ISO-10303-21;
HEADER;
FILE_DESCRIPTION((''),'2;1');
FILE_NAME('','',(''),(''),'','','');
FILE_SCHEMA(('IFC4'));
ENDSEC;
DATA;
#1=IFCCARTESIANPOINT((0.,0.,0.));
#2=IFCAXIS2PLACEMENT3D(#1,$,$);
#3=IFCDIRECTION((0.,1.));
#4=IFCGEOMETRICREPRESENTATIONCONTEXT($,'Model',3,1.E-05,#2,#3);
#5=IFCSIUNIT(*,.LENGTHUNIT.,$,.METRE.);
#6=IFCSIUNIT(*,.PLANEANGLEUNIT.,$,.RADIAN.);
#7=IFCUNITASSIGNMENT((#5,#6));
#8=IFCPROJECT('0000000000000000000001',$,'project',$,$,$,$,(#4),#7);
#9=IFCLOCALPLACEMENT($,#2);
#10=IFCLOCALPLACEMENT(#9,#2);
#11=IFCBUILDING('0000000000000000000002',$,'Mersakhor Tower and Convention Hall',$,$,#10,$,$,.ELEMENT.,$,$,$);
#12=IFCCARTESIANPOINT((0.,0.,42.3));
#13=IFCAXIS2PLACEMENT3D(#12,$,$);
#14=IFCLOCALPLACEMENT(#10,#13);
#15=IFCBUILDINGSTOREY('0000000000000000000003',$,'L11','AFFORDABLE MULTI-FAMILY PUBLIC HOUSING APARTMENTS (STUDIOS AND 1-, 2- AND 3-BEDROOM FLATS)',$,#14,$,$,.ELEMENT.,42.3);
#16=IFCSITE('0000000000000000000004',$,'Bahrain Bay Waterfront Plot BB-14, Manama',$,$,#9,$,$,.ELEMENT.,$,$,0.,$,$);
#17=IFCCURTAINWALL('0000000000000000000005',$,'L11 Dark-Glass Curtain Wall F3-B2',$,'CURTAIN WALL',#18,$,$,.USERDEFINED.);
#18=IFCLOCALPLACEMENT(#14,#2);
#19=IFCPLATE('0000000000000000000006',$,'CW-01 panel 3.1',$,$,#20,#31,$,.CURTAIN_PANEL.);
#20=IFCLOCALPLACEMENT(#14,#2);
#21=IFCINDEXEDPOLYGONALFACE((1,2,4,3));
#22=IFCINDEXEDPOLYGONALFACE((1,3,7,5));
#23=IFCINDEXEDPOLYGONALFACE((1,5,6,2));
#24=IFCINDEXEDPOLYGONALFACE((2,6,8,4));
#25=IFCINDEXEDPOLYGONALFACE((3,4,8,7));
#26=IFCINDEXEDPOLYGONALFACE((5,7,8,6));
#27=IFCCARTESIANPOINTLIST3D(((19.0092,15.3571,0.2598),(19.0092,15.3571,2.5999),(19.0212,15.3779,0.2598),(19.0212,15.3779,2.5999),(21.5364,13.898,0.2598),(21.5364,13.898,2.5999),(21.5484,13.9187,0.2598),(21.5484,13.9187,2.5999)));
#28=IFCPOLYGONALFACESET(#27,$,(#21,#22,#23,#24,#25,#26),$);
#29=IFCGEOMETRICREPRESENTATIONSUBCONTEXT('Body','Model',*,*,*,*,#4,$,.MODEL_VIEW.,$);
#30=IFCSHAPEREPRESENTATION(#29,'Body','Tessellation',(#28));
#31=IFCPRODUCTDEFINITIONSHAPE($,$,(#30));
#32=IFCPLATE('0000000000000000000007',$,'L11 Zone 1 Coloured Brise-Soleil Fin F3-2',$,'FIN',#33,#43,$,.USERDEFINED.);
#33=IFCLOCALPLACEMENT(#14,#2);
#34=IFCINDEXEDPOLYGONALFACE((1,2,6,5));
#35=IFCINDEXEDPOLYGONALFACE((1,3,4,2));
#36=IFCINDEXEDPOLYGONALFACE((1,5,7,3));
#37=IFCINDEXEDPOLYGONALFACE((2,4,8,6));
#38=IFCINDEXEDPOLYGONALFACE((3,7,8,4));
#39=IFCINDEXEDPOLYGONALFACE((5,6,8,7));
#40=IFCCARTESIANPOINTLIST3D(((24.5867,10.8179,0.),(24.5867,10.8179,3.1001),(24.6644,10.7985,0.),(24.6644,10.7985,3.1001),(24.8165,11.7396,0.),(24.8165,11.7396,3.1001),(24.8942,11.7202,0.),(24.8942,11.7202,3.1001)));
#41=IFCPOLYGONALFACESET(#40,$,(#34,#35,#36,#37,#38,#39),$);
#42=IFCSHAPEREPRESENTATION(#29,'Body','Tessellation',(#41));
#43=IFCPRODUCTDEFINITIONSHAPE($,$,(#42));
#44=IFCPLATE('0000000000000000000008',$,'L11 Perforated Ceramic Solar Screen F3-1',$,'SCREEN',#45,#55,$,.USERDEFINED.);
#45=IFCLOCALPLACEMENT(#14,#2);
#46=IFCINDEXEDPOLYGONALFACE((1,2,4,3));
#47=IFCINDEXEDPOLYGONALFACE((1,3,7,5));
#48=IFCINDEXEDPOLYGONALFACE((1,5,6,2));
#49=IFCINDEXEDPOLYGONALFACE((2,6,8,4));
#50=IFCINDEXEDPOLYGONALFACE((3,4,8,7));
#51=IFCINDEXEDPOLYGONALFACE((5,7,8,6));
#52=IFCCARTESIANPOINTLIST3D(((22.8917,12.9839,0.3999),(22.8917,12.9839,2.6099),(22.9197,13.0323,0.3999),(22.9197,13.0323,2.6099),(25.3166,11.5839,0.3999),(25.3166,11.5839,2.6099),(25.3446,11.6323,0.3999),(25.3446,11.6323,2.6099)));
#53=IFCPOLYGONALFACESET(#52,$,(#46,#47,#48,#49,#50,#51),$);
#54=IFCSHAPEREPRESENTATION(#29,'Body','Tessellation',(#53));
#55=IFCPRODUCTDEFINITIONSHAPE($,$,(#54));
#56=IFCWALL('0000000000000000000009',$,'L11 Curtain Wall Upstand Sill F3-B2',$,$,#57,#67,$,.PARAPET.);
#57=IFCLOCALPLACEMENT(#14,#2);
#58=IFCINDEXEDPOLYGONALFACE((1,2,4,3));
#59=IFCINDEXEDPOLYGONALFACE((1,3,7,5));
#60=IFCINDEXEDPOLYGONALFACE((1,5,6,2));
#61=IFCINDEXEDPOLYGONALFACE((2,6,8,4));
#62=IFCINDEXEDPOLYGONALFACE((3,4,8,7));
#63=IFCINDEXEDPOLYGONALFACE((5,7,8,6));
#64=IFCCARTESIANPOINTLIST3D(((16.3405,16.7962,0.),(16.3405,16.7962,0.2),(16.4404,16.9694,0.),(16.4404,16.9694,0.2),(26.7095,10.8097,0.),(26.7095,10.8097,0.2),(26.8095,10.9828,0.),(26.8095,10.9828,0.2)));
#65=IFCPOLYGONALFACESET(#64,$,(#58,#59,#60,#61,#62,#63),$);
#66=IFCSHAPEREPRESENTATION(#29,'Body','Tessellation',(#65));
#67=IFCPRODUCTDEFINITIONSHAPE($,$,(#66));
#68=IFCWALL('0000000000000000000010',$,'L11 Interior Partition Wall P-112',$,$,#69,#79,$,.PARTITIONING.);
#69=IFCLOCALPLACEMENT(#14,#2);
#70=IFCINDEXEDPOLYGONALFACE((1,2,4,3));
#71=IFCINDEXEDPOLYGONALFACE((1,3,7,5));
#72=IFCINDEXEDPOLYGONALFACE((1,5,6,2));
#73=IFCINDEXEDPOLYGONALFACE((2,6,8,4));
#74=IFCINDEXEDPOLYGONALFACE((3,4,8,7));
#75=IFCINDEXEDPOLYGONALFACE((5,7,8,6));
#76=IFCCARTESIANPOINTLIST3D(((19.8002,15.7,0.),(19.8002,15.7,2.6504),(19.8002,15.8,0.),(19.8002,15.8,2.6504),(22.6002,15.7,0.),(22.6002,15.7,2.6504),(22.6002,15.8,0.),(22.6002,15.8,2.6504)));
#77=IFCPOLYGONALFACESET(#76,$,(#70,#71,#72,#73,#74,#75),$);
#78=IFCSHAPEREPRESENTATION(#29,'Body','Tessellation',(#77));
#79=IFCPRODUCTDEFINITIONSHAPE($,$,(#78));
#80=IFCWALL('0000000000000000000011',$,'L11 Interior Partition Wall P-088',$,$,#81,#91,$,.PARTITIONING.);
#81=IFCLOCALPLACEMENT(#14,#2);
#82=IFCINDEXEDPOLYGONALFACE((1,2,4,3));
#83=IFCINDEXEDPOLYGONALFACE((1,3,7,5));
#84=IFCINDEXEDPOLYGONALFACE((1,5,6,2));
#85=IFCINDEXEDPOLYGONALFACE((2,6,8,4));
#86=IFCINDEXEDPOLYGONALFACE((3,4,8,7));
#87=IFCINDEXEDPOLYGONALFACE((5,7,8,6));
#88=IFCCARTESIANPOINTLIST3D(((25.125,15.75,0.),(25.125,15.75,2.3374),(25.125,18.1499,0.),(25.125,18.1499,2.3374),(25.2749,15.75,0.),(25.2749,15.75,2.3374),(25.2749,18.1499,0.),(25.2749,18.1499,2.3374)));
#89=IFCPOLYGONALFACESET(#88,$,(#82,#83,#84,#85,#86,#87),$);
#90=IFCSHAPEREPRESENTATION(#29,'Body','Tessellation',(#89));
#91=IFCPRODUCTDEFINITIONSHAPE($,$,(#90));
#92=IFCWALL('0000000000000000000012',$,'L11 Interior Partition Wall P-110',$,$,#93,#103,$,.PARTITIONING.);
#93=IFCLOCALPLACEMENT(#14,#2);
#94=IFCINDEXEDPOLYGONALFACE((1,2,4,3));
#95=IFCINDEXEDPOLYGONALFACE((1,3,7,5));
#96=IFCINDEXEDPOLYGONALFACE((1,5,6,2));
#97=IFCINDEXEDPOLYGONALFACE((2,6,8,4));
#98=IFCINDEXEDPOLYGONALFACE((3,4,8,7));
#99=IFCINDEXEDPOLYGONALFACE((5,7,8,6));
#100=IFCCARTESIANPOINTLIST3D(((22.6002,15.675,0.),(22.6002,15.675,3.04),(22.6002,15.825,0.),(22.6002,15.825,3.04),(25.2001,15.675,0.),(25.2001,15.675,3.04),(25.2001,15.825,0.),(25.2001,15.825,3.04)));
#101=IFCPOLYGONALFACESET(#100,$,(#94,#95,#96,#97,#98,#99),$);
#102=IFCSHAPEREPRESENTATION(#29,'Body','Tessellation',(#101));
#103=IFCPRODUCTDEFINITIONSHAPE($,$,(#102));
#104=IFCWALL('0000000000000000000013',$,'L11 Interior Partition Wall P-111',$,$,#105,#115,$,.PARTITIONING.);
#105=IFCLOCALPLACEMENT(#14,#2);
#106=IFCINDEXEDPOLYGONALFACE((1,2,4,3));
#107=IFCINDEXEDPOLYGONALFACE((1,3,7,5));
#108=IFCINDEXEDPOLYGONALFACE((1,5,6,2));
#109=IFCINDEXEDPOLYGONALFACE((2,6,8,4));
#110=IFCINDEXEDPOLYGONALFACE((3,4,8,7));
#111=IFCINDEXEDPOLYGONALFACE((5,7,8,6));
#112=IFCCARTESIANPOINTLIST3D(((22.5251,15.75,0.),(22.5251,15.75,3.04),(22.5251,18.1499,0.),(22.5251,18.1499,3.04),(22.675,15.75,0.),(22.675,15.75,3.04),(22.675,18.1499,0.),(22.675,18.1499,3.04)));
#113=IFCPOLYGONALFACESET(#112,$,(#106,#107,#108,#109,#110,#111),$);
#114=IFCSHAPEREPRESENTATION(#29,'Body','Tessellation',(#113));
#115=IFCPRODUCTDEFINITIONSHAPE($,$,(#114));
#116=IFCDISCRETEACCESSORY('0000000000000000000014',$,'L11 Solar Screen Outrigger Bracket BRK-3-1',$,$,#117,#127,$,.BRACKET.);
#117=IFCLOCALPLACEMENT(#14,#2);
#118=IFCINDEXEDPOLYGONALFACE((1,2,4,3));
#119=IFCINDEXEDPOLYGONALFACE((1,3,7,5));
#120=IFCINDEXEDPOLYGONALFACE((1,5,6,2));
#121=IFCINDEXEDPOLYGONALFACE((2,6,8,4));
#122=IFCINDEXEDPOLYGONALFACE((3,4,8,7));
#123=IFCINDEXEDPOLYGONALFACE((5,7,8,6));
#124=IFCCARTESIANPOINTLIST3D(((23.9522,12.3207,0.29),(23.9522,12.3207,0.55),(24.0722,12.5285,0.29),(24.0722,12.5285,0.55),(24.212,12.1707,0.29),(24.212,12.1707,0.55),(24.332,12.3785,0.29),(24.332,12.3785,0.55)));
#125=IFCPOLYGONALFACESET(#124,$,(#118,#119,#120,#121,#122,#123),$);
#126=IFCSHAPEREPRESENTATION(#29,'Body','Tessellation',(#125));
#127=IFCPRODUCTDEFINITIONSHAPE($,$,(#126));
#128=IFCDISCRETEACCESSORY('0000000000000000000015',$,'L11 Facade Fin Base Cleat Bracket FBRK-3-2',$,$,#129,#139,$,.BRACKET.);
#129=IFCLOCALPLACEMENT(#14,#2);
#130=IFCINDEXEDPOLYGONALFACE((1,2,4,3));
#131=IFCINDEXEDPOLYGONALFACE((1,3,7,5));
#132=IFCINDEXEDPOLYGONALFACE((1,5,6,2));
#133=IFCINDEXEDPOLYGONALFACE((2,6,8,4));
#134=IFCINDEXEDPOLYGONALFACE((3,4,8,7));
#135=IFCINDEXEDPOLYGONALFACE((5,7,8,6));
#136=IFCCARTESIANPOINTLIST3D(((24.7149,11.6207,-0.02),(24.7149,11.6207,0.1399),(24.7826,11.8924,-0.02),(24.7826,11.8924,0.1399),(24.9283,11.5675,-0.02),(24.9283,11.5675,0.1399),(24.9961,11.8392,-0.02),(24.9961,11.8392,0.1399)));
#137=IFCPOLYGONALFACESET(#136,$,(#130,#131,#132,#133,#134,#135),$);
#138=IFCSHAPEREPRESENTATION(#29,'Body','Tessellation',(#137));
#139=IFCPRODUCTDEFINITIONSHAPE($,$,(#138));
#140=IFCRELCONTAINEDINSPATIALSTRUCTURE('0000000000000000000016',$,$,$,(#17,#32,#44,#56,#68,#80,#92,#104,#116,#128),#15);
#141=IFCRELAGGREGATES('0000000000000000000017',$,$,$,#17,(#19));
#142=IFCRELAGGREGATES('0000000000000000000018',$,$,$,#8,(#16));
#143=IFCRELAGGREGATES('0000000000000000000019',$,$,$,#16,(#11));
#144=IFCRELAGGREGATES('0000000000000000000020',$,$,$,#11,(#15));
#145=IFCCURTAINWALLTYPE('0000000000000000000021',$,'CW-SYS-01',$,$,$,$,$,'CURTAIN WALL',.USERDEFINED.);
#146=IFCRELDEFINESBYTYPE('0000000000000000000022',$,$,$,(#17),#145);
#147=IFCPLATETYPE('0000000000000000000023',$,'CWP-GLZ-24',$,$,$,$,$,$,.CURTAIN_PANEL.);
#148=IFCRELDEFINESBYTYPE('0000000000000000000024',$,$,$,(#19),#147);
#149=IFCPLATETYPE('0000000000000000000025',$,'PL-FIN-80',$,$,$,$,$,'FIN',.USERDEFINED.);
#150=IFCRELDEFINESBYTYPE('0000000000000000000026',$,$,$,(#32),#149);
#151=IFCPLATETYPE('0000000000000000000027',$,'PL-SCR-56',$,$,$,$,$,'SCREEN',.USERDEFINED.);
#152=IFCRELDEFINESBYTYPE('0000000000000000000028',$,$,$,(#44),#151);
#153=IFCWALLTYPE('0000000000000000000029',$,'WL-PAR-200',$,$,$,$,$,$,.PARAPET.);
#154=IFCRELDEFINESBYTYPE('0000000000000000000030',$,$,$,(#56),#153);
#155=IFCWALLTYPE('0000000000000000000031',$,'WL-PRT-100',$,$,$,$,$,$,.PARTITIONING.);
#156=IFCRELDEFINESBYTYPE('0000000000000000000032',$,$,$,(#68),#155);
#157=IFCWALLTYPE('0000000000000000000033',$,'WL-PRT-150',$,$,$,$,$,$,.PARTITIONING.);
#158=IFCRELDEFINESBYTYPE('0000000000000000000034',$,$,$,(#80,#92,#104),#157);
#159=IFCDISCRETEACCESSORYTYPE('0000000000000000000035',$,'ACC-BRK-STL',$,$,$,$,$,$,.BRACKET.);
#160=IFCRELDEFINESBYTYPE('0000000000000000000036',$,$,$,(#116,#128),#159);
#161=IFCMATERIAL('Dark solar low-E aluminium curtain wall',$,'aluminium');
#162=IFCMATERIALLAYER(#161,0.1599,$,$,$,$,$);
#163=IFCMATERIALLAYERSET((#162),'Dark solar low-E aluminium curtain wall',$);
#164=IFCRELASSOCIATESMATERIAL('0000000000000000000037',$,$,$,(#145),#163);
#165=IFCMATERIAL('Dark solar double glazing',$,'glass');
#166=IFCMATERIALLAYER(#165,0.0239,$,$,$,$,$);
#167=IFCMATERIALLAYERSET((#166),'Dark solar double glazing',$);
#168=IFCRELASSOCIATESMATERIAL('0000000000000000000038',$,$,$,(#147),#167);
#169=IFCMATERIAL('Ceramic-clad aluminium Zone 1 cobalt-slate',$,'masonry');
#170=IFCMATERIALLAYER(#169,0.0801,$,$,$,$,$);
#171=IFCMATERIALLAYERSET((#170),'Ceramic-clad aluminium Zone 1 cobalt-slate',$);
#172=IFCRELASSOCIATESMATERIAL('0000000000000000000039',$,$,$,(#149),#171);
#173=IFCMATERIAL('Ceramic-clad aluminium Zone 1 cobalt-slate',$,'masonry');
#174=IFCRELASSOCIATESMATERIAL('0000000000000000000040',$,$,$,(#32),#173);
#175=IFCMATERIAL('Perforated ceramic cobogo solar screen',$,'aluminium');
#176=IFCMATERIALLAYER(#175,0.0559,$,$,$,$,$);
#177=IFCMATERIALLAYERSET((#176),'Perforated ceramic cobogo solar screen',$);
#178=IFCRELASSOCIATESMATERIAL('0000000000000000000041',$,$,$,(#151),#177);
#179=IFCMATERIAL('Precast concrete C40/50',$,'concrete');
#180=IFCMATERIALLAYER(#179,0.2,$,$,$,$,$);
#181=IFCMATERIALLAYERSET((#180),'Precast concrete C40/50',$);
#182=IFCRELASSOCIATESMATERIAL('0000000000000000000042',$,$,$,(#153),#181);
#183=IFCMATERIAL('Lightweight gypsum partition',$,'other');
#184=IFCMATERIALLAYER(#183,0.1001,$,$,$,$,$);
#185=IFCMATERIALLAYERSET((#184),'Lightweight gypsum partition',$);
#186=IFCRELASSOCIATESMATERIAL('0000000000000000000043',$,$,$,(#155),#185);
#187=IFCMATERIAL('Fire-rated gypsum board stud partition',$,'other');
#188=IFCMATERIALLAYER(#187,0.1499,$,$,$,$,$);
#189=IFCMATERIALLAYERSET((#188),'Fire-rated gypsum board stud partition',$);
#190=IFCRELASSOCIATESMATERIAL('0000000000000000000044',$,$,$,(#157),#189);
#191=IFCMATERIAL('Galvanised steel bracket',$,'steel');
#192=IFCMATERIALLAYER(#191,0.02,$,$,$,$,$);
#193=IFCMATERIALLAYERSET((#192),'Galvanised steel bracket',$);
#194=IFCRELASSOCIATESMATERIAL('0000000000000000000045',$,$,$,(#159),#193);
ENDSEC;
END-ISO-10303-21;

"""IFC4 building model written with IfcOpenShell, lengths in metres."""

from ifc_helpers import new_model, si_unit, direction, frame, frame_2d, origin, origin_2d, place, context, subcontext, project, spatial, rectangle, extrude, material, layer, layer_set, type_object, element, aggregate, save


model = new_model("IFC4")

# Units and contexts
model_context = context("Model", 3, precision=1e-05, world=origin(), true_north=direction((0.0, 1.0)))
body_context = subcontext(model_context, "Body", "Model", "MODEL_VIEW")
ifc_project = project(units=[si_unit("LENGTHUNIT", "METRE"), si_unit("PLANEANGLEUNIT", "RADIAN")], contexts=[model_context])

# Site, building, storey
site_placement = place(None, origin())
site = spatial("IfcSite", under=ifc_project, at=site_placement, Name="Bahrain Bay Waterfront Plot BB-14, Manama", CompositionType="ELEMENT", RefElevation=0.0)
building_placement = place(site_placement, origin())
building = spatial("IfcBuilding", under=site, at=building_placement, Name="Mersakhor Tower and Convention Hall", CompositionType="ELEMENT")
storey_placement = place(building_placement, frame((0.0, 0.0, 42.3)))
storey = spatial("IfcBuildingStorey", under=building, at=storey_placement, Name="L11", Description="AFFORDABLE MULTI-FAMILY PUBLIC HOUSING APARTMENTS (STUDIOS AND 1-, 2- AND 3-BEDROOM FLATS)", CompositionType="ELEMENT", Elevation=42.3)

# Curtain wall, plate
ifc_material_1 = material(Name="Dark solar low-E aluminium curtain wall", Category="aluminium")
ifc_layer_1 = layer(ifc_material_1, 0.1599)
ifc_layer_set_1 = layer_set([ifc_layer_1], Name="Dark solar low-E aluminium curtain wall")
curtain_wall_type = type_object("IfcCurtainWallType", Name="CW-SYS-01", ElementType="CURTAIN WALL", PredefinedType="USERDEFINED", material=ifc_layer_set_1)
curtain_wall_placement = place(storey_placement, origin())
curtain_wall = element("IfcCurtainWall", 1, at=curtain_wall_placement, inside=storey, type_object=curtain_wall_type, Name="L11 Dark-Glass Curtain Wall F3-B2", ObjectType="CURTAIN WALL", PredefinedType="USERDEFINED")
ifc_material_2 = material(Name="Dark solar double glazing", Category="glass")
ifc_layer_2 = layer(ifc_material_2, 0.0239)
ifc_layer_set_2 = layer_set([ifc_layer_2], Name="Dark solar double glazing")
plate_type_1 = type_object("IfcPlateType", Name="CWP-GLZ-24", PredefinedType="CURTAIN_PANEL", material=ifc_layer_set_2)
plate_1_placement = place(storey_placement, frame((20.2788, 14.6379, 0.2598), z_axis=(0.0, 0.0, 1.0), x_axis=(-0.866023, 0.500003, 0.0)))
plate_1 = element("IfcPlate", 2, at=plate_1_placement, type_object=plate_type_1, Name="CW-01 panel 3.1", PredefinedType="CURTAIN_PANEL", context=body_context, shape_type="SweptSolid", body=[
    extrude(rectangle(XDim=2.9182, YDim=0.0239, at=origin_2d()), origin(), (0.0, 0.0, 1.0), 2.3401),
])
aggregate(curtain_wall, [plate_1])

# Plates
ifc_material_3 = material(Name="Ceramic-clad aluminium Zone 1 cobalt-slate", Category="masonry")
ifc_material_4 = material(Name="Ceramic-clad aluminium Zone 1 cobalt-slate", Category="masonry")
ifc_layer_3 = layer(ifc_material_4, 0.0801)
ifc_layer_set_3 = layer_set([ifc_layer_3], Name="Ceramic-clad aluminium Zone 1 cobalt-slate")
plate_type_2 = type_object("IfcPlateType", Name="PL-FIN-80", ElementType="FIN", PredefinedType="USERDEFINED", material=ifc_layer_set_3)
plate_2_placement = place(storey_placement, frame((24.7405, 11.269, 0.0), z_axis=(0.0, 0.0, 1.0), x_axis=(-0.241922, -0.970296, 0.0)))
element("IfcPlate", 3, at=plate_2_placement, inside=storey, type_object=plate_type_2, material=ifc_material_3, Name="L11 Zone 1 Coloured Brise-Soleil Fin F3-2", ObjectType="FIN", PredefinedType="USERDEFINED", context=body_context, shape_type="SweptSolid", body=[
    extrude(rectangle(XDim=0.95, YDim=0.0801, at=origin_2d()), origin(), (0.0, 0.0, 1.0), 3.1001),
])
ifc_material_5 = material(Name="Perforated ceramic cobogo solar screen", Category="aluminium")
ifc_layer_4 = layer(ifc_material_5, 0.0559)
ifc_layer_set_4 = layer_set([ifc_layer_4], Name="Perforated ceramic cobogo solar screen")
plate_type_3 = type_object("IfcPlateType", Name="PL-SCR-56", ElementType="SCREEN", PredefinedType="USERDEFINED", material=ifc_layer_set_4)
plate_3_placement = place(storey_placement, frame((24.1182, 12.3081, 0.3999), z_axis=(0.0, 0.0, 1.0), x_axis=(-0.866025, 0.5, 0.0)))
element("IfcPlate", 4, at=plate_3_placement, inside=storey, type_object=plate_type_3, Name="L11 Perforated Ceramic Solar Screen F3-1", ObjectType="SCREEN", PredefinedType="USERDEFINED", context=body_context, shape_type="SweptSolid", body=[
    extrude(rectangle(XDim=2.8, YDim=0.0559, at=origin_2d()), origin(), (0.0, 0.0, 1.0), 2.21),
])

# Walls
ifc_material_6 = material(Name="Precast concrete C40/50", Category="concrete")
ifc_layer_5 = layer(ifc_material_6, 0.2)
ifc_layer_set_5 = layer_set([ifc_layer_5], Name="Precast concrete C40/50")
wall_type_1 = type_object("IfcWallType", Name="WL-PAR-200", PredefinedType="PARAPET", material=ifc_layer_set_5)
wall_1_placement = place(storey_placement, frame((26.7595, 10.8962, 0.0), z_axis=(0.0, 0.0, 1.0), x_axis=(-0.866027, 0.499997, 0.0)))
element("IfcWall", 5, at=wall_1_placement, inside=storey, type_object=wall_type_1, Name="L11 Curtain Wall Upstand Sill F3-B2", PredefinedType="PARAPET", context=body_context, shape_type="SweptSolid", body=[
    extrude(rectangle(XDim=11.9731, YDim=0.2, at=frame_2d((5.9866, 0.0))), origin(), (0.0, 0.0, 1.0), 0.2),
])
ifc_material_7 = material(Name="Lightweight gypsum partition", Category="other")
ifc_layer_6 = layer(ifc_material_7, 0.1001)
ifc_layer_set_6 = layer_set([ifc_layer_6], Name="Lightweight gypsum partition")
wall_type_2 = type_object("IfcWallType", Name="WL-PRT-100", PredefinedType="PARTITIONING", material=ifc_layer_set_6)
wall_2_placement = place(storey_placement, frame((22.6001, 15.75, 0.0), z_axis=(0.0, 0.0, 1.0), x_axis=(-1.0, 0.0, 0.0)))
element("IfcWall", 6, at=wall_2_placement, inside=storey, type_object=wall_type_2, Name="L11 Interior Partition Wall P-112", PredefinedType="PARTITIONING", context=body_context, shape_type="SweptSolid", body=[
    extrude(rectangle(XDim=2.8, YDim=0.1001, at=frame_2d((1.3999, 0.0))), origin(), (0.0, 0.0, 1.0), 2.6504),
])
ifc_material_8 = material(Name="Fire-rated gypsum board stud partition", Category="other")
ifc_layer_7 = layer(ifc_material_8, 0.1499)
ifc_layer_set_7 = layer_set([ifc_layer_7], Name="Fire-rated gypsum board stud partition")
wall_type_3 = type_object("IfcWallType", Name="WL-PRT-150", PredefinedType="PARTITIONING", material=ifc_layer_set_7)
wall_3_placement = place(storey_placement, frame((25.2, 15.75, 0.0), z_axis=(0.0, 0.0, 1.0), x_axis=(0.0, 1.0, 0.0)))
element("IfcWall", 7, at=wall_3_placement, inside=storey, type_object=wall_type_3, Name="L11 Interior Partition Wall P-088", PredefinedType="PARTITIONING", context=body_context, shape_type="SweptSolid", body=[
    extrude(rectangle(XDim=2.3999, YDim=0.1499, at=frame_2d((1.2, 0.0))), origin(), (0.0, 0.0, 1.0), 2.3374),
])
wall_4_placement = place(storey_placement, frame((25.2, 15.75, 0.0), z_axis=(0.0, 0.0, 1.0), x_axis=(-1.0, 0.0, 0.0)))
element("IfcWall", 8, at=wall_4_placement, inside=storey, type_object=wall_type_3, Name="L11 Interior Partition Wall P-110", PredefinedType="PARTITIONING", context=body_context, shape_type="SweptSolid", body=[
    extrude(rectangle(XDim=2.5999, YDim=0.1499, at=frame_2d((1.2998, 0.0))), origin(), (0.0, 0.0, 1.0), 3.04),
])
wall_5_placement = place(storey_placement, frame((22.6001, 15.75, 0.0), z_axis=(0.0, 0.0, 1.0), x_axis=(0.0, 1.0, 0.0)))
element("IfcWall", 9, at=wall_5_placement, inside=storey, type_object=wall_type_3, Name="L11 Interior Partition Wall P-111", PredefinedType="PARTITIONING", context=body_context, shape_type="SweptSolid", body=[
    extrude(rectangle(XDim=2.3999, YDim=0.1499, at=frame_2d((1.2, 0.0))), origin(), (0.0, 0.0, 1.0), 3.04),
])

# Discrete accessories
ifc_material_9 = material(Name="Galvanised steel bracket", Category="steel")
ifc_layer_8 = layer(ifc_material_9, 0.02)
ifc_layer_set_8 = layer_set([ifc_layer_8], Name="Galvanised steel bracket")
discrete_accessory_type = type_object("IfcDiscreteAccessoryType", Name="ACC-BRK-STL", PredefinedType="BRACKET", material=ifc_layer_set_8)
discrete_accessory_1_placement = place(storey_placement, frame((24.1421, 12.3496, 0.29), z_axis=(0.0, 0.0, 1.0), x_axis=(-0.866025, 0.5, 0.0)))
element("IfcDiscreteAccessory", 10, at=discrete_accessory_1_placement, inside=storey, type_object=discrete_accessory_type, Name="L11 Solar Screen Outrigger Bracket BRK-3-1", PredefinedType="BRACKET", context=body_context, shape_type="SweptSolid", body=[
    extrude(rectangle(XDim=0.3, YDim=0.24, at=origin_2d()), origin(), (0.0, 0.0, 1.0), 0.26),
])
discrete_accessory_2_placement = place(storey_placement, frame((24.8555, 11.73, -0.02), z_axis=(0.0, 0.0, 1.0), x_axis=(-0.241922, -0.970296, 0.0)))
element("IfcDiscreteAccessory", 11, at=discrete_accessory_2_placement, inside=storey, type_object=discrete_accessory_type, Name="L11 Facade Fin Base Cleat Bracket FBRK-3-2", PredefinedType="BRACKET", context=body_context, shape_type="SweptSolid", body=[
    extrude(rectangle(XDim=0.28, YDim=0.22, at=origin_2d()), origin(), (0.0, 0.0, 1.0), 0.1599),
])

save(model, "model.ifc")
